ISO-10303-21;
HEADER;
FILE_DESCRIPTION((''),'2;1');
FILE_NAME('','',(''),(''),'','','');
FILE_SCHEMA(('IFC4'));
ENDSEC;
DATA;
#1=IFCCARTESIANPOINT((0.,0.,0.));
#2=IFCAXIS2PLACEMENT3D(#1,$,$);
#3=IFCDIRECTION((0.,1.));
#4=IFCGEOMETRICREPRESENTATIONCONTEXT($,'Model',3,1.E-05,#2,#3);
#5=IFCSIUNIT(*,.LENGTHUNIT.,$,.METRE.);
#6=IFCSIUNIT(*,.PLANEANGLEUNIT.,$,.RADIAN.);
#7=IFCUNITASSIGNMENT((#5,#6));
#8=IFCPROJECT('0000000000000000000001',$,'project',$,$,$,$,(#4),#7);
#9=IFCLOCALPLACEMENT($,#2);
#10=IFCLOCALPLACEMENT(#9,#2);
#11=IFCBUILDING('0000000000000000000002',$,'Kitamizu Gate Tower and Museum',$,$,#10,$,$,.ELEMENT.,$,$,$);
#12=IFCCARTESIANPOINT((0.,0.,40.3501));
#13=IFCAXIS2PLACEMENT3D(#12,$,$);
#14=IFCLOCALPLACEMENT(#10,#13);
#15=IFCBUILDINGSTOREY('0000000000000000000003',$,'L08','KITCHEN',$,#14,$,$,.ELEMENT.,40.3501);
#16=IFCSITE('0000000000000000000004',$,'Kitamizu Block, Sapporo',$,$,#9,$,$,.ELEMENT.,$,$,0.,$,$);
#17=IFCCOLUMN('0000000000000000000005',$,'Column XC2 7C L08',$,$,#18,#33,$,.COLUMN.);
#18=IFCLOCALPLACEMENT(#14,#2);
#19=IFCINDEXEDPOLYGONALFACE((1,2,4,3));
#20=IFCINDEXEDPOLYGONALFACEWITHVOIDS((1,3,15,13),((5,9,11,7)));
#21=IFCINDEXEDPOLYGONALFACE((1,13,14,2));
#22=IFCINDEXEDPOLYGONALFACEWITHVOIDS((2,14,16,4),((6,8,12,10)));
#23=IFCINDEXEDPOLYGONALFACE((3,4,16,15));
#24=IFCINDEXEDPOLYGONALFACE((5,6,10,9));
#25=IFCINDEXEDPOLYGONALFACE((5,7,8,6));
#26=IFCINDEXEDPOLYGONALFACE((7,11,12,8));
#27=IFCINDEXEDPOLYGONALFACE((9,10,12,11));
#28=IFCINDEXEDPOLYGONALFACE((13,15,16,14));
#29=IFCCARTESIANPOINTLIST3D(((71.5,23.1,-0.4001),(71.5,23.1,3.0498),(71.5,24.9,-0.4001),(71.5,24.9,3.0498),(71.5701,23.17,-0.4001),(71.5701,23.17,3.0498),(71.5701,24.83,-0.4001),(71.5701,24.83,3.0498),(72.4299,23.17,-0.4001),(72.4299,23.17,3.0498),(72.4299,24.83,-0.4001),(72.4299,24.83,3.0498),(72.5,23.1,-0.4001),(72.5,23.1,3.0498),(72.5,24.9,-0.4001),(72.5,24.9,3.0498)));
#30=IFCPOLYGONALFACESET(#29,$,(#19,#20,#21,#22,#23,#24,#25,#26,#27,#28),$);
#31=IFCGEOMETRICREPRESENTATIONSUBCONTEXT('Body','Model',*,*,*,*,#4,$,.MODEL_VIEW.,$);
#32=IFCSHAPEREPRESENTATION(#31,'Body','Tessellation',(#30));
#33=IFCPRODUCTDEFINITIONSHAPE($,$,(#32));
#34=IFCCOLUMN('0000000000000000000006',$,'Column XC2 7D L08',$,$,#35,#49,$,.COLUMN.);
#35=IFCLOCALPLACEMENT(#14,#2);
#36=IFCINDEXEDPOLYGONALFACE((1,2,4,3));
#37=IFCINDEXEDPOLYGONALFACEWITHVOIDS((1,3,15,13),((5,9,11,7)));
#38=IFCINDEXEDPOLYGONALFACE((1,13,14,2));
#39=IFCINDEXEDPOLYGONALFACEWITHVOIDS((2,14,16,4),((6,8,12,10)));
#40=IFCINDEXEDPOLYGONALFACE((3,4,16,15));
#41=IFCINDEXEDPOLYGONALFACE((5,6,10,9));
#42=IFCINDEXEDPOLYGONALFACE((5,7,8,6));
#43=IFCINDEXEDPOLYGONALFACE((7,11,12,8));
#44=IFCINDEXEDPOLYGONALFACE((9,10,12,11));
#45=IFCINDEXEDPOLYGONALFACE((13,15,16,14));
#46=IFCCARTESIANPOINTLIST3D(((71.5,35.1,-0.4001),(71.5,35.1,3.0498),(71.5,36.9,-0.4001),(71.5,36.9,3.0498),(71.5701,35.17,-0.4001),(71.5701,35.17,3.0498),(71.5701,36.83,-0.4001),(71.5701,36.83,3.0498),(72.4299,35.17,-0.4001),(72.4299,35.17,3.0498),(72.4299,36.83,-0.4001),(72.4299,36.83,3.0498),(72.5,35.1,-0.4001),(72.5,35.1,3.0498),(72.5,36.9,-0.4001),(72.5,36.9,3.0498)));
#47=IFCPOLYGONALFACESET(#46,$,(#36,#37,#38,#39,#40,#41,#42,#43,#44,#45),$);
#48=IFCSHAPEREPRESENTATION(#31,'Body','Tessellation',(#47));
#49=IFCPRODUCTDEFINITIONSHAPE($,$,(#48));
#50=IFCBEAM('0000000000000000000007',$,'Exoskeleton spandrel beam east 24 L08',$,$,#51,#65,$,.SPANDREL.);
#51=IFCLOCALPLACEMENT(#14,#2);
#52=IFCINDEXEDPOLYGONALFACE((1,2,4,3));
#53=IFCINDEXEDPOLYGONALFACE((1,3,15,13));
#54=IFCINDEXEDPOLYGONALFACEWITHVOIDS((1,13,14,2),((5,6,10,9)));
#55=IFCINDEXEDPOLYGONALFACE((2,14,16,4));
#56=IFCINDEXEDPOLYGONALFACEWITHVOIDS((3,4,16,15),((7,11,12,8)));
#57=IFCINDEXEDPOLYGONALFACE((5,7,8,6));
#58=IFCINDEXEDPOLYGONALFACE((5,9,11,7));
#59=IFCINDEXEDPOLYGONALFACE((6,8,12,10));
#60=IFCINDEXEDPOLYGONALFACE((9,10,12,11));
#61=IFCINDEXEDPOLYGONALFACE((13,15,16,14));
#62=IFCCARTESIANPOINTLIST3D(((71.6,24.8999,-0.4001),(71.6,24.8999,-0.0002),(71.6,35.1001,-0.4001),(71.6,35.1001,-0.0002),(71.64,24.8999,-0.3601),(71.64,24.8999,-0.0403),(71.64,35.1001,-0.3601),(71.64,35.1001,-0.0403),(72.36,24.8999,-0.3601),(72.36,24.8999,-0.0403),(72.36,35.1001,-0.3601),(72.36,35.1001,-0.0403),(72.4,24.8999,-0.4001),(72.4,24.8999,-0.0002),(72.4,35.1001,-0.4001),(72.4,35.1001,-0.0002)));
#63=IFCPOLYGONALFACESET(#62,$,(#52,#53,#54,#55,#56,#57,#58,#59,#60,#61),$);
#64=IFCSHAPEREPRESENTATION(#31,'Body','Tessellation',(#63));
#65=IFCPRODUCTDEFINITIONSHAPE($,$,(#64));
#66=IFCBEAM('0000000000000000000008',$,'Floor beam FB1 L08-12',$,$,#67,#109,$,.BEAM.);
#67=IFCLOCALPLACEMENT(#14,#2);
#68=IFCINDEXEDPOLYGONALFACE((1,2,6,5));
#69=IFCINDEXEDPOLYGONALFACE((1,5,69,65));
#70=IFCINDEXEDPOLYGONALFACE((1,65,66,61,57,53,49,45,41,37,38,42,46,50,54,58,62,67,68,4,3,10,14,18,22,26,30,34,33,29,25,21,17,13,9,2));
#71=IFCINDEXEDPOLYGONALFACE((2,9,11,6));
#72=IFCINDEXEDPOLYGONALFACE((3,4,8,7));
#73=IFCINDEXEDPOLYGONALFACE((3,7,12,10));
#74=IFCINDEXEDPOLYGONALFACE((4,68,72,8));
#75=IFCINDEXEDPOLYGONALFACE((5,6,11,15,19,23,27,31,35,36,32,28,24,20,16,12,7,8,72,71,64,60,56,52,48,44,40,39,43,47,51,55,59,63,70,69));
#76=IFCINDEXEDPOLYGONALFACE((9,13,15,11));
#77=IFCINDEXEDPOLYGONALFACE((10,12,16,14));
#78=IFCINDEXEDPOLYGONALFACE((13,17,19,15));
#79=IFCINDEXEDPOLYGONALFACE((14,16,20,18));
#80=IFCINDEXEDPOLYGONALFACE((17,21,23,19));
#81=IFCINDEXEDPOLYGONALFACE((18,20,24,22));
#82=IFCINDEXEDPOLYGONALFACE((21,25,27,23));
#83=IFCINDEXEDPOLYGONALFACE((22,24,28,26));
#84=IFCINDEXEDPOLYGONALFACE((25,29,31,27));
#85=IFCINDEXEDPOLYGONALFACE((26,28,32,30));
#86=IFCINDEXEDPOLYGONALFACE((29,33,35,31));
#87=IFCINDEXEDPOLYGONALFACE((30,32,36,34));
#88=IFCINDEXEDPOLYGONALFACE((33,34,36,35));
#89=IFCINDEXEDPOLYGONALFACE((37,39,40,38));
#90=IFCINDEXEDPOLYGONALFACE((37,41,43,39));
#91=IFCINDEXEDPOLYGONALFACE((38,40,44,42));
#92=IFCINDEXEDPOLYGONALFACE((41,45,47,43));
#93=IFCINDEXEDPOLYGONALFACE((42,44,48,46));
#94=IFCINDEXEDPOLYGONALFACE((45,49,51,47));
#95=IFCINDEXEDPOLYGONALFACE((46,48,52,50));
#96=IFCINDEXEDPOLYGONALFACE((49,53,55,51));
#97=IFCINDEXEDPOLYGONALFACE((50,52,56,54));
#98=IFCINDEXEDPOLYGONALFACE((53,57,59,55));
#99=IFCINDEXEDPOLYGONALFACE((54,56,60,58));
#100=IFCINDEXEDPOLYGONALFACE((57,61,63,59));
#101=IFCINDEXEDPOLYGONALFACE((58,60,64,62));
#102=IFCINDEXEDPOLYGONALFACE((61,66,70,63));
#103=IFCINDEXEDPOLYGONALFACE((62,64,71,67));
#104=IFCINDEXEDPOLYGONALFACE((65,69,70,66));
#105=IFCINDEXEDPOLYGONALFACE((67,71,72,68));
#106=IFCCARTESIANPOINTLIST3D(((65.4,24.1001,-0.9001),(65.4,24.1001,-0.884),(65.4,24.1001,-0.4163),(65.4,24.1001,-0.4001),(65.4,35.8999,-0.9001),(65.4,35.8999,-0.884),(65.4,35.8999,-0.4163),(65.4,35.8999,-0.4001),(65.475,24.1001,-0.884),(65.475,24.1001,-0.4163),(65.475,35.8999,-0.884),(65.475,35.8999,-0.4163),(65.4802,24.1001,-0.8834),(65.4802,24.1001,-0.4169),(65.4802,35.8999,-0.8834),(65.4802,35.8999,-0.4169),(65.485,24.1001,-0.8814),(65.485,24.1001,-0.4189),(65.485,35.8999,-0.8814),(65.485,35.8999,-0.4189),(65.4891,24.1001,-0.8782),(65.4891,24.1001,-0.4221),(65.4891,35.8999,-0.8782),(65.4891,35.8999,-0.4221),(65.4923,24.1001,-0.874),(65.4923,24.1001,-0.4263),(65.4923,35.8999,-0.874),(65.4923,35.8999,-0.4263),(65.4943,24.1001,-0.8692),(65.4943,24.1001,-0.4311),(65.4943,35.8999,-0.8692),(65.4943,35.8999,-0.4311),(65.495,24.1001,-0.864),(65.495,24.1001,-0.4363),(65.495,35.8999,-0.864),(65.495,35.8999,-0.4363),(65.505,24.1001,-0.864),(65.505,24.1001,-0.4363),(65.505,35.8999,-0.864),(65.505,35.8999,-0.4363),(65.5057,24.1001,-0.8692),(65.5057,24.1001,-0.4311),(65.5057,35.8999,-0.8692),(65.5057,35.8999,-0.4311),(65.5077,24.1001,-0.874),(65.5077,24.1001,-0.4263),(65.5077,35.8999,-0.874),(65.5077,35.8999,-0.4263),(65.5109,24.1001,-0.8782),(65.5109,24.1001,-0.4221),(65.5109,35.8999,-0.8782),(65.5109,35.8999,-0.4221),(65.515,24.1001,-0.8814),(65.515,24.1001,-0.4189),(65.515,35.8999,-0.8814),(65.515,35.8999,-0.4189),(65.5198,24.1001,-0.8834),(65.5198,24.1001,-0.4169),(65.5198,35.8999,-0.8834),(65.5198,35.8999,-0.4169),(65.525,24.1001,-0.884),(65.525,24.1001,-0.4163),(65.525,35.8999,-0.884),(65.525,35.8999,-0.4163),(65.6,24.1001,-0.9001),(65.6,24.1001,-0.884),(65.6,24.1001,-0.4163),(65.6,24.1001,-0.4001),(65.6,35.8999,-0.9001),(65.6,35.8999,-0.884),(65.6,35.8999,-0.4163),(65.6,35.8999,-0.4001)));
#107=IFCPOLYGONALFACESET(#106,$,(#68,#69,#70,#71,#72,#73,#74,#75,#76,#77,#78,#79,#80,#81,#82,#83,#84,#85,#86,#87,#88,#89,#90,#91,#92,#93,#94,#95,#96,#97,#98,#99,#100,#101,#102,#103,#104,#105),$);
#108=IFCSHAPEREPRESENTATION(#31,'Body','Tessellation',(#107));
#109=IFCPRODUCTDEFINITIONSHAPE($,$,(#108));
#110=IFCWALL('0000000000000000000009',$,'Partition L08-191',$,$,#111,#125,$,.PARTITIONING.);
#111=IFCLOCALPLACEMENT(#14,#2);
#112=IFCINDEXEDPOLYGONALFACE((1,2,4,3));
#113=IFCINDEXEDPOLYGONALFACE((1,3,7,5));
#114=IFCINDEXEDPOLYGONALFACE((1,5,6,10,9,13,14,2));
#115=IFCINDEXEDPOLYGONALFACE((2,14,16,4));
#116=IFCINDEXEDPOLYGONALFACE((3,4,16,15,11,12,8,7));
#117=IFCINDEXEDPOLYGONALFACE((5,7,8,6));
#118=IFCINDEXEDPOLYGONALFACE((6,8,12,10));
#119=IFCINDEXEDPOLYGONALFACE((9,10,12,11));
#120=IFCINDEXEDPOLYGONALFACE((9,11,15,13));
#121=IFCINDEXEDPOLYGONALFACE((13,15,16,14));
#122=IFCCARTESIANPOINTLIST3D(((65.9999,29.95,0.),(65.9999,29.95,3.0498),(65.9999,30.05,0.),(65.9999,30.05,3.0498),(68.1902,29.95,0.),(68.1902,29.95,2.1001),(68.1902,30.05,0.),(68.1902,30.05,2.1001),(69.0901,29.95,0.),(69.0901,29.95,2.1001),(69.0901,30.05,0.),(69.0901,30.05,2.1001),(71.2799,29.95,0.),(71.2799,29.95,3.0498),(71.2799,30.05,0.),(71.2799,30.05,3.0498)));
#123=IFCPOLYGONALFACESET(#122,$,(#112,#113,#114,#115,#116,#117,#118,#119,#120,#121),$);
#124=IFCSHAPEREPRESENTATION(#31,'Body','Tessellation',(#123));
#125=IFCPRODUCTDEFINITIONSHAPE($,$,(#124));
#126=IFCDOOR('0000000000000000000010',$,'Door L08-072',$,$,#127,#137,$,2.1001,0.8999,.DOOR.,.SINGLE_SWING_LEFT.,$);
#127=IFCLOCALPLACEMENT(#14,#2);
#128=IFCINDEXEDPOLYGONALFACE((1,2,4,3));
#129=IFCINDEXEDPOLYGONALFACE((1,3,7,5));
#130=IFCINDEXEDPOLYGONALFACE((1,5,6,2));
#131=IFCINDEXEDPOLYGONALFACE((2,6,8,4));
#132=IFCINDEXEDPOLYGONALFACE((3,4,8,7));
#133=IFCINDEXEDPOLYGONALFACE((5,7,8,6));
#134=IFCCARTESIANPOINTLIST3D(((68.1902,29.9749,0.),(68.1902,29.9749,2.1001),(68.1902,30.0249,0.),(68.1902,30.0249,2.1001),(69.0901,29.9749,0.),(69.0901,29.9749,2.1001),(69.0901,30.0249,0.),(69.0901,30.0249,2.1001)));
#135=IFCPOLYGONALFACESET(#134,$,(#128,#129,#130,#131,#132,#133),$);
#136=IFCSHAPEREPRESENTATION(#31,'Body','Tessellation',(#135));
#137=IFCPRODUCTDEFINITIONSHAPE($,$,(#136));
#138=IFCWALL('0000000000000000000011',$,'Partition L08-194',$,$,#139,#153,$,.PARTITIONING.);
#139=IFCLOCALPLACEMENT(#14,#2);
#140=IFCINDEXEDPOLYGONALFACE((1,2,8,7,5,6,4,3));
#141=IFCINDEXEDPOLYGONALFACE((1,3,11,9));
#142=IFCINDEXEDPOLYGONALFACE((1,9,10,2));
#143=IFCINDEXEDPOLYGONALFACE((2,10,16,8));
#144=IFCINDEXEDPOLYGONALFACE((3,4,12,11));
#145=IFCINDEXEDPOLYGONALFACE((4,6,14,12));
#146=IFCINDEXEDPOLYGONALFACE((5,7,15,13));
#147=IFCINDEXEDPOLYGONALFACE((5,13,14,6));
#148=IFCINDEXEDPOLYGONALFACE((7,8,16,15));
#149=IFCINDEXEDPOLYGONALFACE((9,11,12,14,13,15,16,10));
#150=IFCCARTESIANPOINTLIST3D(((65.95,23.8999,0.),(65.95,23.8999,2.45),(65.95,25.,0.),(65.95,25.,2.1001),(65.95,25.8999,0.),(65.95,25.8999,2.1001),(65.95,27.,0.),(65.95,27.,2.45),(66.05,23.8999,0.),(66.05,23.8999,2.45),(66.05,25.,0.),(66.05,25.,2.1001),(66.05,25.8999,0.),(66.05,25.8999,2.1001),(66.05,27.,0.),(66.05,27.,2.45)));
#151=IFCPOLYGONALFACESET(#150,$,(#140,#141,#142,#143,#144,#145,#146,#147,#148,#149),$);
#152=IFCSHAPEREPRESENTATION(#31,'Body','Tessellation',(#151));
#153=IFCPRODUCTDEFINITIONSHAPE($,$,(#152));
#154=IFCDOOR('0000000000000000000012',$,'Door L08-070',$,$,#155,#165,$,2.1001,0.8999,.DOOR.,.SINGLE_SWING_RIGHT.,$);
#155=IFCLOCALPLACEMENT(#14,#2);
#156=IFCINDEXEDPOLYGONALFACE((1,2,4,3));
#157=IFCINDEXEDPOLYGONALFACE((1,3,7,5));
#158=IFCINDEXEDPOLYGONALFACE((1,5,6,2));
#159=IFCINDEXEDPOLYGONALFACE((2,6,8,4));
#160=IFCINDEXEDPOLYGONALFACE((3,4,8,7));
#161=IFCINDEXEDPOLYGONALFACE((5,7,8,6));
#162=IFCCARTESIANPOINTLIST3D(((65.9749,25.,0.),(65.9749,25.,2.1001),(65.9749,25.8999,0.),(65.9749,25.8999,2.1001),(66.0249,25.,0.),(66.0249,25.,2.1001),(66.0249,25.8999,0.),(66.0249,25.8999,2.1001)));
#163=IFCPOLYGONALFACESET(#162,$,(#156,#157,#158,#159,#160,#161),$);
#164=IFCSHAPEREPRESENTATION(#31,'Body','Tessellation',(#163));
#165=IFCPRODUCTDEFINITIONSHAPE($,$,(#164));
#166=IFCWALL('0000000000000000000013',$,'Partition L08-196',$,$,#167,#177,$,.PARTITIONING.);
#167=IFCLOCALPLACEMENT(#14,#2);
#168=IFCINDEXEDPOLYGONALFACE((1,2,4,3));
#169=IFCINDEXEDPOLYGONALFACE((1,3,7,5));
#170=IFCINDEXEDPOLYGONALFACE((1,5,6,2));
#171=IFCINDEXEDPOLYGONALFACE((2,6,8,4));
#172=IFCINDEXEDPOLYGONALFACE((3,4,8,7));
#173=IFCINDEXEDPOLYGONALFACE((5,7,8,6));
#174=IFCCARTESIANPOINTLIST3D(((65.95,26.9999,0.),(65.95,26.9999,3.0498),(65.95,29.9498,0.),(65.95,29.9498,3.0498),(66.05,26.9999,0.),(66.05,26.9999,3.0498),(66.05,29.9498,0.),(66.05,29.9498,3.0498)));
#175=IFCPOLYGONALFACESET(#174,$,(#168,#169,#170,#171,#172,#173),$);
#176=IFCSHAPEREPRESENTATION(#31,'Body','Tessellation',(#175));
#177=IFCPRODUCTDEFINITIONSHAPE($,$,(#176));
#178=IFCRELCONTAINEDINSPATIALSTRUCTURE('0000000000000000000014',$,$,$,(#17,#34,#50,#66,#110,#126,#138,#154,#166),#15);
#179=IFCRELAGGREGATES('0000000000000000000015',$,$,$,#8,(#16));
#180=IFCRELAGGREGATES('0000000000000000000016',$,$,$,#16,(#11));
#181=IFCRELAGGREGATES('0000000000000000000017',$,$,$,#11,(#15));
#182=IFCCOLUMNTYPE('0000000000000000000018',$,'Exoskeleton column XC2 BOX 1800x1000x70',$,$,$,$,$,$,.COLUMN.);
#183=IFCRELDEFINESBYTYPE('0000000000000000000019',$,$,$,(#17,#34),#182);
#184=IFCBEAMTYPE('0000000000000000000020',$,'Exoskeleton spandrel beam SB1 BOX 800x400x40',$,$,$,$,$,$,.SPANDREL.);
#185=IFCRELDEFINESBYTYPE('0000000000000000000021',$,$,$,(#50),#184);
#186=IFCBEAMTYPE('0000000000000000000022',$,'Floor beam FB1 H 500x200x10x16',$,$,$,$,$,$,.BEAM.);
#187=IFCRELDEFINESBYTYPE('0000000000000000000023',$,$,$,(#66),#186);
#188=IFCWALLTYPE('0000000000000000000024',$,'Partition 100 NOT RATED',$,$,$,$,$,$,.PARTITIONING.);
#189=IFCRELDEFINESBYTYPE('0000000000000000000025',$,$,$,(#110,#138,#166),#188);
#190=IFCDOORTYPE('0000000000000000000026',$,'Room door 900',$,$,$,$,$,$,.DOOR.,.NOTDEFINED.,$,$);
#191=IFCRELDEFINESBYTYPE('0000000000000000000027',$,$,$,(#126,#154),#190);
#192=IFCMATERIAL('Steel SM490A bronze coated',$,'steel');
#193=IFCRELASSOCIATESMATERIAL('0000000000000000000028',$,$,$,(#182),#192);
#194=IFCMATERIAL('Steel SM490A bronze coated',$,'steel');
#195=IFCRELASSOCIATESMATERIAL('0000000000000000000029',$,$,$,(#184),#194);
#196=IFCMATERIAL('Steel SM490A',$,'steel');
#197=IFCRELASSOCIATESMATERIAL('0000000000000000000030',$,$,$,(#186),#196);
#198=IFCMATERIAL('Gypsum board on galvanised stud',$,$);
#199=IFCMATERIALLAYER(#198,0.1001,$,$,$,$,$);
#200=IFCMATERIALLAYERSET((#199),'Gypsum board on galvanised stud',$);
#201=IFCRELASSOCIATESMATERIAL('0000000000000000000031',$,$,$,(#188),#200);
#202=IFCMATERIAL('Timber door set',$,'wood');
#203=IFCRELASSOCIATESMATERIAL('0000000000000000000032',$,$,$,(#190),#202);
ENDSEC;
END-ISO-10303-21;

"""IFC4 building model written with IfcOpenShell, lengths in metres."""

from ifc_helpers import new_model, si_unit, direction, frame, frame_2d, origin, origin_2d, place, context, subcontext, project, spatial, rectangle, hollow_rectangle, i_section, extrude, material, layer, layer_set, material_profile, profile_set, type_object, element, fill, save


model = new_model("IFC4")

# Units and contexts
model_context = context("Model", 3, precision=1e-05, world=origin(), true_north=direction((0.0, 1.0)))
body_context = subcontext(model_context, "Body", "Model", "MODEL_VIEW")
ifc_project = project(units=[si_unit("LENGTHUNIT", "METRE"), si_unit("PLANEANGLEUNIT", "RADIAN")], contexts=[model_context])

# Site, building, storey
site_placement = place(None, origin())
site = spatial("IfcSite", under=ifc_project, at=site_placement, Name="Kitamizu Block, Sapporo", CompositionType="ELEMENT", RefElevation=0.0)
building_placement = place(site_placement, origin())
building = spatial("IfcBuilding", under=site, at=building_placement, Name="Kitamizu Gate Tower and Museum", CompositionType="ELEMENT")
storey_placement = place(building_placement, frame((0.0, 0.0, 40.3501)))
storey = spatial("IfcBuildingStorey", under=building, at=storey_placement, Name="L08", Description="KITCHEN", CompositionType="ELEMENT", Elevation=40.3501)

# Columns
ifc_material_1 = material(Name="Steel SM490A bronze coated", Category="steel")
ifc_material_profile_1 = material_profile(ifc_material_1, hollow_rectangle(XDim=1.8, YDim=1.0, WallThickness=0.0701, at=origin_2d()), Name="BOX 1800x1000x70")
ifc_profile_set_1 = profile_set([ifc_material_profile_1], Name="Steel SM490A bronze coated")
column_type = type_object("IfcColumnType", Name="Exoskeleton column XC2 BOX 1800x1000x70", PredefinedType="COLUMN", material=ifc_profile_set_1)
for number, where, z_axis, x_axis, name in (
    (1, (72.0, 24.0, -0.4001), (0.0, 0.0, 1.0), (0.0, 1.0, 0.0), "Column XC2 7C L08"),
    (2, (72.0, 36.0, -0.4001), (0.0, 0.0, 1.0), (0.0, 1.0, 0.0), "Column XC2 7D L08"),
):
    element("IfcColumn", number, at=place(storey_placement, frame(where, z_axis=z_axis, x_axis=x_axis)), inside=storey, type_object=column_type, Name=name, PredefinedType="COLUMN", context=body_context, shape_type="SweptSolid", body=[
        extrude(hollow_rectangle(XDim=1.8, YDim=1.0, WallThickness=0.0701, at=origin_2d()), origin(), (0.0, 0.0, 1.0), 3.45),
    ])

# Beams
ifc_material_2 = material(Name="Steel SM490A bronze coated", Category="steel")
ifc_material_profile_2 = material_profile(ifc_material_2, hollow_rectangle(XDim=0.8, YDim=0.3999, WallThickness=0.04, at=origin_2d()), Name="BOX 800x400x40")
ifc_profile_set_2 = profile_set([ifc_material_profile_2], Name="Steel SM490A bronze coated")
beam_type_1 = type_object("IfcBeamType", Name="Exoskeleton spandrel beam SB1 BOX 800x400x40", PredefinedType="SPANDREL", material=ifc_profile_set_2)
beam_1_placement = place(storey_placement, frame((72.0, 24.8999, -0.2002), z_axis=(0.0, 1.0, 0.0), x_axis=(-1.0, 0.0, 0.0)))
element("IfcBeam", 3, at=beam_1_placement, inside=storey, type_object=beam_type_1, Name="Exoskeleton spandrel beam east 24 L08", PredefinedType="SPANDREL", context=body_context, shape_type="SweptSolid", body=[
    extrude(hollow_rectangle(XDim=0.8, YDim=0.3999, WallThickness=0.04, at=origin_2d()), origin(), (0.0, 0.0, 1.0), 10.2002),
])
ifc_material_3 = material(Name="Steel SM490A", Category="steel")
ifc_material_profile_3 = material_profile(ifc_material_3, i_section(OverallWidth=0.2, OverallDepth=0.5, WebThickness=0.01, FlangeThickness=0.0161, FilletRadius=0.02, at=origin_2d()), Name="H-500x200x10x16")
ifc_profile_set_3 = profile_set([ifc_material_profile_3], Name="Steel SM490A")
beam_type_2 = type_object("IfcBeamType", Name="Floor beam FB1 H 500x200x10x16", PredefinedType="BEAM", material=ifc_profile_set_3)
beam_2_placement = place(storey_placement, frame((65.5, 24.1001, -0.6501), z_axis=(0.0, 1.0, 0.0), x_axis=(-1.0, 0.0, 0.0)))
element("IfcBeam", 4, at=beam_2_placement, inside=storey, type_object=beam_type_2, Name="Floor beam FB1 L08-12", PredefinedType="BEAM", context=body_context, shape_type="SweptSolid", body=[
    extrude(i_section(OverallWidth=0.2, OverallDepth=0.5, WebThickness=0.01, FlangeThickness=0.0161, FilletRadius=0.02, at=origin_2d()), origin(), (0.0, 0.0, 1.0), 11.7998),
])

# Walls, openings, doors
ifc_material_4 = material(Name="Gypsum board on galvanised stud")
ifc_layer_1 = layer(ifc_material_4, 0.1001)
ifc_layer_set_1 = layer_set([ifc_layer_1], Name="Gypsum board on galvanised stud")
wall_type_1 = type_object("IfcWallType", Name="Partition 100 NOT RATED", PredefinedType="PARTITIONING", material=ifc_layer_set_1)
wall_1_placement = place(storey_placement, frame((71.28, 30.0, 0.0), z_axis=(0.0, 0.0, 1.0), x_axis=(-1.0, 0.0, 0.0)))
wall_1 = element("IfcWall", 5, at=wall_1_placement, inside=storey, type_object=wall_type_1, Name="Partition L08-191", PredefinedType="PARTITIONING", context=body_context, shape_type="SweptSolid", body=[
    extrude(rectangle(XDim=5.28, YDim=0.1001, at=frame_2d((2.6401, 0.0))), origin(), (0.0, 0.0, 1.0), 3.0498),
])
opening_1_placement = place(wall_1_placement, frame((2.1899, 0.0, 0.0)))
opening_1 = element("IfcOpeningElement", 6, at=opening_1_placement, cuts=wall_1, PredefinedType="OPENING", context=body_context, shape_type="SweptSolid", body=[
    extrude(rectangle(XDim=0.8999, YDim=2.1001, at=frame_2d((0.45, 1.05))), frame((0.0, 0.0601, 0.0), z_axis=(0.0, -1.0, 0.0), x_axis=(1.0, 0.0, 0.0)), (0.0, 0.0, 1.0), 0.1201),
])
ifc_material_5 = material(Name="Timber door set", Category="wood")
door_type_1 = type_object("IfcDoorType", Name="Room door 900", OperationType="NOTDEFINED", PredefinedType="DOOR", material=ifc_material_5)
door_1_placement = place(opening_1_placement, frame((0.8999, 0.0, 0.0), x_axis=(-1.0, 0.0, 0.0)))
door_1 = element("IfcDoor", 7, at=door_1_placement, inside=storey, type_object=door_type_1, Name="Door L08-072", OperationType="SINGLE_SWING_LEFT", OverallHeight=2.1001, OverallWidth=0.8999, PredefinedType="DOOR", context=body_context, shape_type="SweptSolid", body=[
    extrude(rectangle(XDim=0.8999, YDim=2.1001, at=frame_2d((0.45, 1.05))), frame((0.0, 0.0249, 0.0), z_axis=(0.0, -1.0, 0.0), x_axis=(1.0, 0.0, 0.0)), (0.0, 0.0, 1.0), 0.05),
])
fill(opening_1, door_1)
wall_2_placement = place(storey_placement, frame((66.0, 27.0, 0.0), z_axis=(0.0, 0.0, 1.0), x_axis=(0.0, -1.0, 0.0)))
wall_2 = element("IfcWall", 8, at=wall_2_placement, inside=storey, type_object=wall_type_1, Name="Partition L08-194", PredefinedType="PARTITIONING", context=body_context, shape_type="SweptSolid", body=[
    extrude(rectangle(XDim=3.1001, YDim=0.1001, at=frame_2d((1.55, 0.0))), origin(), (0.0, 0.0, 1.0), 2.45),
])
opening_2_placement = place(wall_2_placement, frame((1.1001, 0.0, 0.0)))
opening_2 = element("IfcOpeningElement", 9, at=opening_2_placement, cuts=wall_2, PredefinedType="OPENING", context=body_context, shape_type="SweptSolid", body=[
    extrude(rectangle(XDim=0.8999, YDim=2.1001, at=frame_2d((0.45, 1.05))), frame((0.0, 0.0601, 0.0), z_axis=(0.0, -1.0, 0.0), x_axis=(1.0, 0.0, 0.0)), (0.0, 0.0, 1.0), 0.1201),
])
door_2_placement = place(opening_2_placement, origin())
door_2 = element("IfcDoor", 10, at=door_2_placement, inside=storey, type_object=door_type_1, Name="Door L08-070", OperationType="SINGLE_SWING_RIGHT", OverallHeight=2.1001, OverallWidth=0.8999, PredefinedType="DOOR", context=body_context, shape_type="SweptSolid", body=[
    extrude(rectangle(XDim=0.8999, YDim=2.1001, at=frame_2d((0.45, 1.05))), frame((0.0, 0.0249, 0.0), z_axis=(0.0, -1.0, 0.0), x_axis=(1.0, 0.0, 0.0)), (0.0, 0.0, 1.0), 0.05),
])
fill(opening_2, door_2)

# Wall
wall_3_placement = place(storey_placement, frame((66.0, 29.95, 0.0), z_axis=(0.0, 0.0, 1.0), x_axis=(0.0, -1.0, 0.0)))
element("IfcWall", 11, at=wall_3_placement, inside=storey, type_object=wall_type_1, Name="Partition L08-196", PredefinedType="PARTITIONING", context=body_context, shape_type="SweptSolid", body=[
    extrude(rectangle(XDim=2.95, YDim=0.1001, at=frame_2d((1.4751, 0.0))), origin(), (0.0, 0.0, 1.0), 3.0498),
])

save(model, "model.ifc")
